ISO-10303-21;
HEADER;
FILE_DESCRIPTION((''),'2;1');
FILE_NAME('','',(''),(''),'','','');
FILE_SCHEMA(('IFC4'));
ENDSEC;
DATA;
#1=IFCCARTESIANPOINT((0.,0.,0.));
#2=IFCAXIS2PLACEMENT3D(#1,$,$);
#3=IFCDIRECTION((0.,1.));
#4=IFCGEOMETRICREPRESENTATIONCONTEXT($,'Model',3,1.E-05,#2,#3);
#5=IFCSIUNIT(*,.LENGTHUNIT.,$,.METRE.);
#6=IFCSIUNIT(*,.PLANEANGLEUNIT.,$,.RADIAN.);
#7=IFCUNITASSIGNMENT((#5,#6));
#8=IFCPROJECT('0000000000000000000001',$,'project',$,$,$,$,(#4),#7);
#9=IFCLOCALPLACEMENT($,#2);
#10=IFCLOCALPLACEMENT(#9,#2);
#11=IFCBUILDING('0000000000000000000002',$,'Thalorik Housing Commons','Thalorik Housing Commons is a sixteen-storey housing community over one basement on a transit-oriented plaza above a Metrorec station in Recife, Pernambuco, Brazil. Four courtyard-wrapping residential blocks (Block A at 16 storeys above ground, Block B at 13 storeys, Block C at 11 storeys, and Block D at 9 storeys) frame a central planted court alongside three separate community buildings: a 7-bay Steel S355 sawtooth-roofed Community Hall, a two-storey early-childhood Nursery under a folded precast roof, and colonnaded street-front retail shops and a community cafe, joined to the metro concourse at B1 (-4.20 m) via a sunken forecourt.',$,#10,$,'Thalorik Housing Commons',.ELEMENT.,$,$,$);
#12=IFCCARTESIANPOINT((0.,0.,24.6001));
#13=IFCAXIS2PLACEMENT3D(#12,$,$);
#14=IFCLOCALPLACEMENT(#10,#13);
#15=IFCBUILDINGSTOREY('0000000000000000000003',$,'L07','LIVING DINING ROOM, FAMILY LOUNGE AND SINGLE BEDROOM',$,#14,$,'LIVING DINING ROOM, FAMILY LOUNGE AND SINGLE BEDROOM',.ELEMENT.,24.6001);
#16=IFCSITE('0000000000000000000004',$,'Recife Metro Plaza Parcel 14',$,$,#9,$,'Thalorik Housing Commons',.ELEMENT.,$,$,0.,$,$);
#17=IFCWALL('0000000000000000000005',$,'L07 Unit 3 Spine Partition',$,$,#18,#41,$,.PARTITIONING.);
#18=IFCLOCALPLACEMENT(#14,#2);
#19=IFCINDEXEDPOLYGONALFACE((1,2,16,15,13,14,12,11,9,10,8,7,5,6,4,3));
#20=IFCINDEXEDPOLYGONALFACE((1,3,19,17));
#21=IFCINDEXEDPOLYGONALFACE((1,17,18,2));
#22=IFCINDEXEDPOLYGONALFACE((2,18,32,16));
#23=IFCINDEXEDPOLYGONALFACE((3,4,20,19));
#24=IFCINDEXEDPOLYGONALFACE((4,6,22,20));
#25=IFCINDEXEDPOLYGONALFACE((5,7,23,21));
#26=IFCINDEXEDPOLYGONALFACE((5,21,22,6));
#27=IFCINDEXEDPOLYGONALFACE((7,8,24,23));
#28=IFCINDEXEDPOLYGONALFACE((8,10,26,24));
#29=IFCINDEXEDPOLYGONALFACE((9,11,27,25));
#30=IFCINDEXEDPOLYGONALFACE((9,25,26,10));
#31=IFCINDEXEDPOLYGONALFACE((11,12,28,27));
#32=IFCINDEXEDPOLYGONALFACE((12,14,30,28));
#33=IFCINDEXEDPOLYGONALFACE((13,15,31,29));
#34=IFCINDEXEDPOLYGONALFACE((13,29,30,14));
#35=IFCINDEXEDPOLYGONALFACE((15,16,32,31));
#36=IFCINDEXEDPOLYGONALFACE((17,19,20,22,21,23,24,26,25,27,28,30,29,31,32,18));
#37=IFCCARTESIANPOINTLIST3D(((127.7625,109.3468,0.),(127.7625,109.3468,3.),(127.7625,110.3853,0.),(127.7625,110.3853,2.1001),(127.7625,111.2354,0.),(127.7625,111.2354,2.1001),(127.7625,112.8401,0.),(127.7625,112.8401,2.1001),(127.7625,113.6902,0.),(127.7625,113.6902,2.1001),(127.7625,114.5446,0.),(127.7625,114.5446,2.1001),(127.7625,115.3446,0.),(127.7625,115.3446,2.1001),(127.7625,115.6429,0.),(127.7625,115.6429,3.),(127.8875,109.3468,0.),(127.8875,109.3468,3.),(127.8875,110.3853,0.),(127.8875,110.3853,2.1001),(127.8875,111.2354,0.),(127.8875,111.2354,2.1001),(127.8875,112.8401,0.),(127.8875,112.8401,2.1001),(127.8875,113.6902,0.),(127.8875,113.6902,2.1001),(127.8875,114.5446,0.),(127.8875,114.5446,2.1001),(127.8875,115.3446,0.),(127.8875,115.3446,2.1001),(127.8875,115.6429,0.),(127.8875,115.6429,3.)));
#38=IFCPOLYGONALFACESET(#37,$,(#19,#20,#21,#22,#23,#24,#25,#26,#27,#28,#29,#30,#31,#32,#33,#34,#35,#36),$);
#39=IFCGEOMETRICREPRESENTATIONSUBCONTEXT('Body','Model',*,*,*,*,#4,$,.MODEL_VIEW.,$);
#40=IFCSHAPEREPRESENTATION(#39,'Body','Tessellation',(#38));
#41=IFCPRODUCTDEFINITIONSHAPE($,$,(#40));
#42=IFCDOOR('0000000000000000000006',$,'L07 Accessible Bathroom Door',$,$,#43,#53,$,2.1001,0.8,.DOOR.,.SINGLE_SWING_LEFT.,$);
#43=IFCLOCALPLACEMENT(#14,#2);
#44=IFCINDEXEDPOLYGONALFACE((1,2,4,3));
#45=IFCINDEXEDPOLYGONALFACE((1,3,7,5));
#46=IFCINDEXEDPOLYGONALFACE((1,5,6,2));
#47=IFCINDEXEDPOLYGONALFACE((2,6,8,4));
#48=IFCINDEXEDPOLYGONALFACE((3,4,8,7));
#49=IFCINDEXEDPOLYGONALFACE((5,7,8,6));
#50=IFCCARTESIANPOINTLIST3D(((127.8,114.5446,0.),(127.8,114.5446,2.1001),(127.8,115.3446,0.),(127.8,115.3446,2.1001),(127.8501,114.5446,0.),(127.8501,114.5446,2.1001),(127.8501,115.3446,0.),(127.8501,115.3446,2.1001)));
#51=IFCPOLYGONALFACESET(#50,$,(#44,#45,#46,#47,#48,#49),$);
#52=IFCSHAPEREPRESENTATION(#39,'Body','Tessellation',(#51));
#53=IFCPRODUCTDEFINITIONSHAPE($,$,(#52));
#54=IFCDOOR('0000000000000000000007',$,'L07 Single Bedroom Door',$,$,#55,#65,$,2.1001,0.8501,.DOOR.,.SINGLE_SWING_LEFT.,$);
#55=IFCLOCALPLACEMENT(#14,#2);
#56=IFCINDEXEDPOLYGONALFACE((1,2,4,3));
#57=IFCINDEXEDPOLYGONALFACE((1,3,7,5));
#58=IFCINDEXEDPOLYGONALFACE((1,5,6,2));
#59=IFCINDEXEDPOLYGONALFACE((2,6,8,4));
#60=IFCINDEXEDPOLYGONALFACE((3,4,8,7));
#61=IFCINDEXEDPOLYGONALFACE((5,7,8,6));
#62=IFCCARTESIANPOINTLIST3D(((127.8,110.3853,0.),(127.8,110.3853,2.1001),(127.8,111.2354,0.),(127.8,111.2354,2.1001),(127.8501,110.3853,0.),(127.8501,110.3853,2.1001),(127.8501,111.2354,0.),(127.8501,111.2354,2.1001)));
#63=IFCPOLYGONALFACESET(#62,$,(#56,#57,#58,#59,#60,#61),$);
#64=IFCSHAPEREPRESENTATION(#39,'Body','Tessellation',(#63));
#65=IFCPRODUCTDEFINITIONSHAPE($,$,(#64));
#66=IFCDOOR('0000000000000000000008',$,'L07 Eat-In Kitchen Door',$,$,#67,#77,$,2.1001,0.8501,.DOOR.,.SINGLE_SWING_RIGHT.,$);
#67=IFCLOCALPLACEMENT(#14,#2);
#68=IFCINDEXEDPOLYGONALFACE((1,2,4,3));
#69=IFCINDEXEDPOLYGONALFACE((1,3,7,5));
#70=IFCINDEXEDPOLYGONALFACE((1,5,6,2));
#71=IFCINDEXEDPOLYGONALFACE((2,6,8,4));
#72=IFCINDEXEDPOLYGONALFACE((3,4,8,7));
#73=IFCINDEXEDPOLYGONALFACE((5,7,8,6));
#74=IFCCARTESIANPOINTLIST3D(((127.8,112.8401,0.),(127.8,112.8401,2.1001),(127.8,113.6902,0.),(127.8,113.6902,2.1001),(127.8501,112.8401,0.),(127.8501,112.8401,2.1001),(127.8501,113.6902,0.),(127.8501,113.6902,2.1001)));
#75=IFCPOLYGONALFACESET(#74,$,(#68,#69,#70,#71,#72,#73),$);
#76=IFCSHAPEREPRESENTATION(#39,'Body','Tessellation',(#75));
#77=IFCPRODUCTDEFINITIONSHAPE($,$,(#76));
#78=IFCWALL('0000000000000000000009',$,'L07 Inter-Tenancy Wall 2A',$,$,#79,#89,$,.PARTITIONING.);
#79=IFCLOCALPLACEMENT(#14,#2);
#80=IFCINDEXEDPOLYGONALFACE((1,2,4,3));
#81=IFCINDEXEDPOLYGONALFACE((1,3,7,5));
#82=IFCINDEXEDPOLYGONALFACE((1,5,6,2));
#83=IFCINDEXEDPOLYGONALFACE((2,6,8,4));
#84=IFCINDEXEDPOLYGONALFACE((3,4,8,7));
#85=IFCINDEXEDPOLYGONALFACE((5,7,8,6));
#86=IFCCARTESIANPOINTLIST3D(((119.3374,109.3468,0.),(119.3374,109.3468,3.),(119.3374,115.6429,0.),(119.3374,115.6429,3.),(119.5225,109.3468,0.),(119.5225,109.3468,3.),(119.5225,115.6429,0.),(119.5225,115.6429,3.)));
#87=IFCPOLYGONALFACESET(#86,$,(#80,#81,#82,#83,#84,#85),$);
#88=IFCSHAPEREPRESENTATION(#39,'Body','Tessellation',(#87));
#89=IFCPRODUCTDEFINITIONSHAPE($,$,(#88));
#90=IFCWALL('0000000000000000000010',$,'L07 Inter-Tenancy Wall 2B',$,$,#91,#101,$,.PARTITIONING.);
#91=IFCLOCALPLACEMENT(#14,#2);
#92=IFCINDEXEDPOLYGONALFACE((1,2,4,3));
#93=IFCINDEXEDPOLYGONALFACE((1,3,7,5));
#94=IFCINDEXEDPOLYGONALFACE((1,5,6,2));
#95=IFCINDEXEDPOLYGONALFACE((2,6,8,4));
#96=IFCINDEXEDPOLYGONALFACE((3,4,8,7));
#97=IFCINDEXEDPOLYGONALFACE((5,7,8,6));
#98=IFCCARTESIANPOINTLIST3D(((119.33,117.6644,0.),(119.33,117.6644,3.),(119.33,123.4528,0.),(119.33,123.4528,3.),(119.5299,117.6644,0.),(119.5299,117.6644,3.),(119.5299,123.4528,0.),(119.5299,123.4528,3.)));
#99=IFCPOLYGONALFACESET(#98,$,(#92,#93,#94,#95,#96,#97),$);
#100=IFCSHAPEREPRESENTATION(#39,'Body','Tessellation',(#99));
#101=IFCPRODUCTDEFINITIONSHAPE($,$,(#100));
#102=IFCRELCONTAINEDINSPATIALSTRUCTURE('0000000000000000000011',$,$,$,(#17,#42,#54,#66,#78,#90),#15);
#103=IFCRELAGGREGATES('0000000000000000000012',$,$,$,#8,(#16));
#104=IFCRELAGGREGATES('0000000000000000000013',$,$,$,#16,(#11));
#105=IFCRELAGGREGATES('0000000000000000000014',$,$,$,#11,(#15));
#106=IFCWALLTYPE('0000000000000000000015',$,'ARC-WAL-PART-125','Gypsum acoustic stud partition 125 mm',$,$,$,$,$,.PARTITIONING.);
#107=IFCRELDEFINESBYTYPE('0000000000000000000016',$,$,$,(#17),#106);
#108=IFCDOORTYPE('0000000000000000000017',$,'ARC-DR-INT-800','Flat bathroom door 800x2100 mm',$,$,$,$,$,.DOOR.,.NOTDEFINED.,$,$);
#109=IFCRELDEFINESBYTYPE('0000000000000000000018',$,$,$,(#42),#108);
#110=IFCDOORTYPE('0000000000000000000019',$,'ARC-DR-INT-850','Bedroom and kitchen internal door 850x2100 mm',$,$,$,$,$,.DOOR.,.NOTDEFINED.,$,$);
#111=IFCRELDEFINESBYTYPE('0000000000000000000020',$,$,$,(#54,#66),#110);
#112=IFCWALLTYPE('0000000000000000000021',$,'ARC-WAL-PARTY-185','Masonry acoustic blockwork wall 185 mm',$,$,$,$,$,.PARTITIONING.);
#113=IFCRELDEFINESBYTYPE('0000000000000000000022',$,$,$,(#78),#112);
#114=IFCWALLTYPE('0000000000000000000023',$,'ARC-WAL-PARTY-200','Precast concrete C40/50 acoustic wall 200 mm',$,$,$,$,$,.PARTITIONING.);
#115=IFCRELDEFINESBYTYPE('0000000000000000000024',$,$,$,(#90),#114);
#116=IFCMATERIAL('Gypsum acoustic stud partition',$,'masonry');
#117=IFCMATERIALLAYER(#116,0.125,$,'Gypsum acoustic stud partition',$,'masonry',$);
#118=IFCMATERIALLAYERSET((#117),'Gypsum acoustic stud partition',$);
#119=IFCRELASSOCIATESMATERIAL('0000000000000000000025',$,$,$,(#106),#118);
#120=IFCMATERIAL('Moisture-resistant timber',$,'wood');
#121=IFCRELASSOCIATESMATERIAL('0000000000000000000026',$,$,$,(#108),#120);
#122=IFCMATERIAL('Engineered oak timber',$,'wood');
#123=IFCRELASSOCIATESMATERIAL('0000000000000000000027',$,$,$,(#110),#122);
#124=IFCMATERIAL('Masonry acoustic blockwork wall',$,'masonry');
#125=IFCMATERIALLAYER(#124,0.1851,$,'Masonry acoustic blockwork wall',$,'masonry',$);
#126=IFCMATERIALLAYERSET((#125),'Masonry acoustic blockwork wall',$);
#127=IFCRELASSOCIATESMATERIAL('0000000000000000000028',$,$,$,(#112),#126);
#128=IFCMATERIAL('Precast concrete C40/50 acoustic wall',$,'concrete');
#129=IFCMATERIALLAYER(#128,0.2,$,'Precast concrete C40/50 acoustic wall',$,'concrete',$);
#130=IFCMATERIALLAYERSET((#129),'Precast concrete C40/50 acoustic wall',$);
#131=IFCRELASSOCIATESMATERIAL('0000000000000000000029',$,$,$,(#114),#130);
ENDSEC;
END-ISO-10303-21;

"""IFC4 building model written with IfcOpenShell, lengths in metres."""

from ifc_helpers import new_model, si_unit, direction, frame, frame_2d, origin, place, context, subcontext, project, spatial, rectangle, extrude, material, layer, layer_set, type_object, element, fill, save


model = new_model("IFC4")

# Units and contexts
model_context = context("Model", 3, precision=1e-05, world=origin(), true_north=direction((0.0, 1.0)))
body_context = subcontext(model_context, "Body", "Model", "MODEL_VIEW")
ifc_project = project(units=[si_unit("LENGTHUNIT", "METRE"), si_unit("PLANEANGLEUNIT", "RADIAN")], contexts=[model_context])

# Site, building, storey
site_placement = place(None, origin())
site = spatial("IfcSite", under=ifc_project, at=site_placement, Name="Recife Metro Plaza Parcel 14", LongName="Thalorik Housing Commons", CompositionType="ELEMENT", RefElevation=0.0)
building_placement = place(site_placement, origin())
building = spatial("IfcBuilding", under=site, at=building_placement, Name="Thalorik Housing Commons", Description="Thalorik Housing Commons is a sixteen-storey housing community over one basement on a transit-oriented plaza above a Metrorec station in Recife, Pernambuco, Brazil. Four courtyard-wrapping residential blocks (Block A at 16 storeys above ground, Block B at 13 storeys, Block C at 11 storeys, and Block D at 9 storeys) frame a central planted court alongside three separate community buildings: a 7-bay Steel S355 sawtooth-roofed Community Hall, a two-storey early-childhood Nursery under a folded precast roof, and colonnaded street-front retail shops and a community cafe, joined to the metro concourse at B1 (-4.20 m) via a sunken forecourt.", LongName="Thalorik Housing Commons", CompositionType="ELEMENT")
storey_placement = place(building_placement, frame((0.0, 0.0, 24.6001)))
storey = spatial("IfcBuildingStorey", under=building, at=storey_placement, Name="L07", Description="LIVING DINING ROOM, FAMILY LOUNGE AND SINGLE BEDROOM", LongName="LIVING DINING ROOM, FAMILY LOUNGE AND SINGLE BEDROOM", CompositionType="ELEMENT", Elevation=24.6001)

# Wall, openings, doors
ifc_material_1 = material(Name="Gypsum acoustic stud partition", Category="masonry")
ifc_layer_1 = layer(ifc_material_1, 0.125, Name="Gypsum acoustic stud partition", Category="masonry")
ifc_layer_set_1 = layer_set([ifc_layer_1], Name="Gypsum acoustic stud partition")
wall_type_1 = type_object("IfcWallType", Name="ARC-WAL-PART-125", Description="Gypsum acoustic stud partition 125 mm", PredefinedType="PARTITIONING", material=ifc_layer_set_1)
wall_1_placement = place(storey_placement, frame((127.825, 109.3469, 0.0), z_axis=(0.0, 0.0, 1.0), x_axis=(0.0, 1.0, 0.0)))
wall_1 = element("IfcWall", 1, at=wall_1_placement, inside=storey, type_object=wall_type_1, Name="L07 Unit 3 Spine Partition", PredefinedType="PARTITIONING", context=body_context, shape_type="SweptSolid", body=[
    extrude(rectangle(XDim=6.2961, YDim=0.125, at=frame_2d((3.1479, 0.0))), origin(), (0.0, 0.0, 1.0), 3.0),
])
opening_1_placement = place(wall_1_placement, frame((1.0383, 0.0, 0.0)))
opening_1 = element("IfcOpeningElement", 2, at=opening_1_placement, cuts=wall_1, PredefinedType="OPENING", context=body_context, shape_type="SweptSolid", body=[
    extrude(rectangle(XDim=0.8501, YDim=2.1001, at=frame_2d((0.425, 1.05))), frame((0.0, 0.0725, 0.0), z_axis=(0.0, -1.0, 0.0), x_axis=(1.0, 0.0, 0.0)), (0.0, 0.0, 1.0), 0.145),
])
opening_2_placement = place(wall_1_placement, frame((3.4932, 0.0, 0.0)))
opening_2 = element("IfcOpeningElement", 3, at=opening_2_placement, cuts=wall_1, PredefinedType="OPENING", context=body_context, shape_type="SweptSolid", body=[
    extrude(rectangle(XDim=0.8501, YDim=2.1001, at=frame_2d((0.425, 1.05))), frame((0.0, 0.0725, 0.0), z_axis=(0.0, -1.0, 0.0), x_axis=(1.0, 0.0, 0.0)), (0.0, 0.0, 1.0), 0.145),
])
opening_3_placement = place(wall_1_placement, frame((5.1978, 0.0, 0.0)))
opening_3 = element("IfcOpeningElement", 4, at=opening_3_placement, cuts=wall_1, PredefinedType="OPENING", context=body_context, shape_type="SweptSolid", body=[
    extrude(rectangle(XDim=0.8, YDim=2.1001, at=frame_2d((0.3999, 1.05))), frame((0.0, 0.0725, 0.0), z_axis=(0.0, -1.0, 0.0), x_axis=(1.0, 0.0, 0.0)), (0.0, 0.0, 1.0), 0.145),
])
ifc_material_2 = material(Name="Moisture-resistant timber", Category="wood")
door_type_1 = type_object("IfcDoorType", Name="ARC-DR-INT-800", Description="Flat bathroom door 800x2100 mm", OperationType="NOTDEFINED", PredefinedType="DOOR", material=ifc_material_2)
door_1_placement = place(opening_3_placement, origin())
door_1 = element("IfcDoor", 5, at=door_1_placement, inside=storey, type_object=door_type_1, Name="L07 Accessible Bathroom Door", OperationType="SINGLE_SWING_LEFT", OverallHeight=2.1001, OverallWidth=0.8, PredefinedType="DOOR", context=body_context, shape_type="SweptSolid", body=[
    extrude(rectangle(XDim=0.8, YDim=2.1001, at=frame_2d((0.3999, 1.05))), frame((0.0, 0.0249, 0.0), z_axis=(0.0, -1.0, 0.0), x_axis=(1.0, 0.0, 0.0)), (0.0, 0.0, 1.0), 0.05),
])
fill(opening_3, door_1)
ifc_material_3 = material(Name="Engineered oak timber", Category="wood")
door_type_2 = type_object("IfcDoorType", Name="ARC-DR-INT-850", Description="Bedroom and kitchen internal door 850x2100 mm", OperationType="NOTDEFINED", PredefinedType="DOOR", material=ifc_material_3)
door_2_placement = place(opening_1_placement, origin())
door_2 = element("IfcDoor", 6, at=door_2_placement, inside=storey, type_object=door_type_2, Name="L07 Single Bedroom Door", OperationType="SINGLE_SWING_LEFT", OverallHeight=2.1001, OverallWidth=0.8501, PredefinedType="DOOR", context=body_context, shape_type="SweptSolid", body=[
    extrude(rectangle(XDim=0.8501, YDim=2.1001, at=frame_2d((0.425, 1.05))), frame((0.0, 0.0249, 0.0), z_axis=(0.0, -1.0, 0.0), x_axis=(1.0, 0.0, 0.0)), (0.0, 0.0, 1.0), 0.05),
])
fill(opening_1, door_2)
door_3_placement = place(opening_2_placement, origin())
door_3 = element("IfcDoor", 7, at=door_3_placement, inside=storey, type_object=door_type_2, Name="L07 Eat-In Kitchen Door", OperationType="SINGLE_SWING_RIGHT", OverallHeight=2.1001, OverallWidth=0.8501, PredefinedType="DOOR", context=body_context, shape_type="SweptSolid", body=[
    extrude(rectangle(XDim=0.8501, YDim=2.1001, at=frame_2d((0.425, 1.05))), frame((0.0, 0.0249, 0.0), z_axis=(0.0, -1.0, 0.0), x_axis=(1.0, 0.0, 0.0)), (0.0, 0.0, 1.0), 0.05),
])
fill(opening_2, door_3)

# Walls
ifc_material_4 = material(Name="Masonry acoustic blockwork wall", Category="masonry")
ifc_layer_2 = layer(ifc_material_4, 0.1851, Name="Masonry acoustic blockwork wall", Category="masonry")
ifc_layer_set_2 = layer_set([ifc_layer_2], Name="Masonry acoustic blockwork wall")
wall_type_2 = type_object("IfcWallType", Name="ARC-WAL-PARTY-185", Description="Masonry acoustic blockwork wall 185 mm", PredefinedType="PARTITIONING", material=ifc_layer_set_2)
wall_2_placement = place(storey_placement, frame((119.4299, 109.3469, 0.0), z_axis=(0.0, 0.0, 1.0), x_axis=(0.0, 1.0, 0.0)))
element("IfcWall", 8, at=wall_2_placement, inside=storey, type_object=wall_type_2, Name="L07 Inter-Tenancy Wall 2A", PredefinedType="PARTITIONING", context=body_context, shape_type="SweptSolid", body=[
    extrude(rectangle(XDim=6.2961, YDim=0.1851, at=frame_2d((3.1479, 0.0))), origin(), (0.0, 0.0, 1.0), 3.0),
])
ifc_material_5 = material(Name="Precast concrete C40/50 acoustic wall", Category="concrete")
ifc_layer_3 = layer(ifc_material_5, 0.2, Name="Precast concrete C40/50 acoustic wall", Category="concrete")
ifc_layer_set_3 = layer_set([ifc_layer_3], Name="Precast concrete C40/50 acoustic wall")
wall_type_3 = type_object("IfcWallType", Name="ARC-WAL-PARTY-200", Description="Precast concrete C40/50 acoustic wall 200 mm", PredefinedType="PARTITIONING", material=ifc_layer_set_3)
wall_3_placement = place(storey_placement, frame((119.4299, 117.6646, 0.0), z_axis=(0.0, 0.0, 1.0), x_axis=(0.0, 1.0, 0.0)))
element("IfcWall", 9, at=wall_3_placement, inside=storey, type_object=wall_type_3, Name="L07 Inter-Tenancy Wall 2B", PredefinedType="PARTITIONING", context=body_context, shape_type="SweptSolid", body=[
    extrude(rectangle(XDim=5.7883, YDim=0.2, at=frame_2d((2.894, 0.0))), origin(), (0.0, 0.0, 1.0), 3.0),
])

save(model, "model.ifc")
